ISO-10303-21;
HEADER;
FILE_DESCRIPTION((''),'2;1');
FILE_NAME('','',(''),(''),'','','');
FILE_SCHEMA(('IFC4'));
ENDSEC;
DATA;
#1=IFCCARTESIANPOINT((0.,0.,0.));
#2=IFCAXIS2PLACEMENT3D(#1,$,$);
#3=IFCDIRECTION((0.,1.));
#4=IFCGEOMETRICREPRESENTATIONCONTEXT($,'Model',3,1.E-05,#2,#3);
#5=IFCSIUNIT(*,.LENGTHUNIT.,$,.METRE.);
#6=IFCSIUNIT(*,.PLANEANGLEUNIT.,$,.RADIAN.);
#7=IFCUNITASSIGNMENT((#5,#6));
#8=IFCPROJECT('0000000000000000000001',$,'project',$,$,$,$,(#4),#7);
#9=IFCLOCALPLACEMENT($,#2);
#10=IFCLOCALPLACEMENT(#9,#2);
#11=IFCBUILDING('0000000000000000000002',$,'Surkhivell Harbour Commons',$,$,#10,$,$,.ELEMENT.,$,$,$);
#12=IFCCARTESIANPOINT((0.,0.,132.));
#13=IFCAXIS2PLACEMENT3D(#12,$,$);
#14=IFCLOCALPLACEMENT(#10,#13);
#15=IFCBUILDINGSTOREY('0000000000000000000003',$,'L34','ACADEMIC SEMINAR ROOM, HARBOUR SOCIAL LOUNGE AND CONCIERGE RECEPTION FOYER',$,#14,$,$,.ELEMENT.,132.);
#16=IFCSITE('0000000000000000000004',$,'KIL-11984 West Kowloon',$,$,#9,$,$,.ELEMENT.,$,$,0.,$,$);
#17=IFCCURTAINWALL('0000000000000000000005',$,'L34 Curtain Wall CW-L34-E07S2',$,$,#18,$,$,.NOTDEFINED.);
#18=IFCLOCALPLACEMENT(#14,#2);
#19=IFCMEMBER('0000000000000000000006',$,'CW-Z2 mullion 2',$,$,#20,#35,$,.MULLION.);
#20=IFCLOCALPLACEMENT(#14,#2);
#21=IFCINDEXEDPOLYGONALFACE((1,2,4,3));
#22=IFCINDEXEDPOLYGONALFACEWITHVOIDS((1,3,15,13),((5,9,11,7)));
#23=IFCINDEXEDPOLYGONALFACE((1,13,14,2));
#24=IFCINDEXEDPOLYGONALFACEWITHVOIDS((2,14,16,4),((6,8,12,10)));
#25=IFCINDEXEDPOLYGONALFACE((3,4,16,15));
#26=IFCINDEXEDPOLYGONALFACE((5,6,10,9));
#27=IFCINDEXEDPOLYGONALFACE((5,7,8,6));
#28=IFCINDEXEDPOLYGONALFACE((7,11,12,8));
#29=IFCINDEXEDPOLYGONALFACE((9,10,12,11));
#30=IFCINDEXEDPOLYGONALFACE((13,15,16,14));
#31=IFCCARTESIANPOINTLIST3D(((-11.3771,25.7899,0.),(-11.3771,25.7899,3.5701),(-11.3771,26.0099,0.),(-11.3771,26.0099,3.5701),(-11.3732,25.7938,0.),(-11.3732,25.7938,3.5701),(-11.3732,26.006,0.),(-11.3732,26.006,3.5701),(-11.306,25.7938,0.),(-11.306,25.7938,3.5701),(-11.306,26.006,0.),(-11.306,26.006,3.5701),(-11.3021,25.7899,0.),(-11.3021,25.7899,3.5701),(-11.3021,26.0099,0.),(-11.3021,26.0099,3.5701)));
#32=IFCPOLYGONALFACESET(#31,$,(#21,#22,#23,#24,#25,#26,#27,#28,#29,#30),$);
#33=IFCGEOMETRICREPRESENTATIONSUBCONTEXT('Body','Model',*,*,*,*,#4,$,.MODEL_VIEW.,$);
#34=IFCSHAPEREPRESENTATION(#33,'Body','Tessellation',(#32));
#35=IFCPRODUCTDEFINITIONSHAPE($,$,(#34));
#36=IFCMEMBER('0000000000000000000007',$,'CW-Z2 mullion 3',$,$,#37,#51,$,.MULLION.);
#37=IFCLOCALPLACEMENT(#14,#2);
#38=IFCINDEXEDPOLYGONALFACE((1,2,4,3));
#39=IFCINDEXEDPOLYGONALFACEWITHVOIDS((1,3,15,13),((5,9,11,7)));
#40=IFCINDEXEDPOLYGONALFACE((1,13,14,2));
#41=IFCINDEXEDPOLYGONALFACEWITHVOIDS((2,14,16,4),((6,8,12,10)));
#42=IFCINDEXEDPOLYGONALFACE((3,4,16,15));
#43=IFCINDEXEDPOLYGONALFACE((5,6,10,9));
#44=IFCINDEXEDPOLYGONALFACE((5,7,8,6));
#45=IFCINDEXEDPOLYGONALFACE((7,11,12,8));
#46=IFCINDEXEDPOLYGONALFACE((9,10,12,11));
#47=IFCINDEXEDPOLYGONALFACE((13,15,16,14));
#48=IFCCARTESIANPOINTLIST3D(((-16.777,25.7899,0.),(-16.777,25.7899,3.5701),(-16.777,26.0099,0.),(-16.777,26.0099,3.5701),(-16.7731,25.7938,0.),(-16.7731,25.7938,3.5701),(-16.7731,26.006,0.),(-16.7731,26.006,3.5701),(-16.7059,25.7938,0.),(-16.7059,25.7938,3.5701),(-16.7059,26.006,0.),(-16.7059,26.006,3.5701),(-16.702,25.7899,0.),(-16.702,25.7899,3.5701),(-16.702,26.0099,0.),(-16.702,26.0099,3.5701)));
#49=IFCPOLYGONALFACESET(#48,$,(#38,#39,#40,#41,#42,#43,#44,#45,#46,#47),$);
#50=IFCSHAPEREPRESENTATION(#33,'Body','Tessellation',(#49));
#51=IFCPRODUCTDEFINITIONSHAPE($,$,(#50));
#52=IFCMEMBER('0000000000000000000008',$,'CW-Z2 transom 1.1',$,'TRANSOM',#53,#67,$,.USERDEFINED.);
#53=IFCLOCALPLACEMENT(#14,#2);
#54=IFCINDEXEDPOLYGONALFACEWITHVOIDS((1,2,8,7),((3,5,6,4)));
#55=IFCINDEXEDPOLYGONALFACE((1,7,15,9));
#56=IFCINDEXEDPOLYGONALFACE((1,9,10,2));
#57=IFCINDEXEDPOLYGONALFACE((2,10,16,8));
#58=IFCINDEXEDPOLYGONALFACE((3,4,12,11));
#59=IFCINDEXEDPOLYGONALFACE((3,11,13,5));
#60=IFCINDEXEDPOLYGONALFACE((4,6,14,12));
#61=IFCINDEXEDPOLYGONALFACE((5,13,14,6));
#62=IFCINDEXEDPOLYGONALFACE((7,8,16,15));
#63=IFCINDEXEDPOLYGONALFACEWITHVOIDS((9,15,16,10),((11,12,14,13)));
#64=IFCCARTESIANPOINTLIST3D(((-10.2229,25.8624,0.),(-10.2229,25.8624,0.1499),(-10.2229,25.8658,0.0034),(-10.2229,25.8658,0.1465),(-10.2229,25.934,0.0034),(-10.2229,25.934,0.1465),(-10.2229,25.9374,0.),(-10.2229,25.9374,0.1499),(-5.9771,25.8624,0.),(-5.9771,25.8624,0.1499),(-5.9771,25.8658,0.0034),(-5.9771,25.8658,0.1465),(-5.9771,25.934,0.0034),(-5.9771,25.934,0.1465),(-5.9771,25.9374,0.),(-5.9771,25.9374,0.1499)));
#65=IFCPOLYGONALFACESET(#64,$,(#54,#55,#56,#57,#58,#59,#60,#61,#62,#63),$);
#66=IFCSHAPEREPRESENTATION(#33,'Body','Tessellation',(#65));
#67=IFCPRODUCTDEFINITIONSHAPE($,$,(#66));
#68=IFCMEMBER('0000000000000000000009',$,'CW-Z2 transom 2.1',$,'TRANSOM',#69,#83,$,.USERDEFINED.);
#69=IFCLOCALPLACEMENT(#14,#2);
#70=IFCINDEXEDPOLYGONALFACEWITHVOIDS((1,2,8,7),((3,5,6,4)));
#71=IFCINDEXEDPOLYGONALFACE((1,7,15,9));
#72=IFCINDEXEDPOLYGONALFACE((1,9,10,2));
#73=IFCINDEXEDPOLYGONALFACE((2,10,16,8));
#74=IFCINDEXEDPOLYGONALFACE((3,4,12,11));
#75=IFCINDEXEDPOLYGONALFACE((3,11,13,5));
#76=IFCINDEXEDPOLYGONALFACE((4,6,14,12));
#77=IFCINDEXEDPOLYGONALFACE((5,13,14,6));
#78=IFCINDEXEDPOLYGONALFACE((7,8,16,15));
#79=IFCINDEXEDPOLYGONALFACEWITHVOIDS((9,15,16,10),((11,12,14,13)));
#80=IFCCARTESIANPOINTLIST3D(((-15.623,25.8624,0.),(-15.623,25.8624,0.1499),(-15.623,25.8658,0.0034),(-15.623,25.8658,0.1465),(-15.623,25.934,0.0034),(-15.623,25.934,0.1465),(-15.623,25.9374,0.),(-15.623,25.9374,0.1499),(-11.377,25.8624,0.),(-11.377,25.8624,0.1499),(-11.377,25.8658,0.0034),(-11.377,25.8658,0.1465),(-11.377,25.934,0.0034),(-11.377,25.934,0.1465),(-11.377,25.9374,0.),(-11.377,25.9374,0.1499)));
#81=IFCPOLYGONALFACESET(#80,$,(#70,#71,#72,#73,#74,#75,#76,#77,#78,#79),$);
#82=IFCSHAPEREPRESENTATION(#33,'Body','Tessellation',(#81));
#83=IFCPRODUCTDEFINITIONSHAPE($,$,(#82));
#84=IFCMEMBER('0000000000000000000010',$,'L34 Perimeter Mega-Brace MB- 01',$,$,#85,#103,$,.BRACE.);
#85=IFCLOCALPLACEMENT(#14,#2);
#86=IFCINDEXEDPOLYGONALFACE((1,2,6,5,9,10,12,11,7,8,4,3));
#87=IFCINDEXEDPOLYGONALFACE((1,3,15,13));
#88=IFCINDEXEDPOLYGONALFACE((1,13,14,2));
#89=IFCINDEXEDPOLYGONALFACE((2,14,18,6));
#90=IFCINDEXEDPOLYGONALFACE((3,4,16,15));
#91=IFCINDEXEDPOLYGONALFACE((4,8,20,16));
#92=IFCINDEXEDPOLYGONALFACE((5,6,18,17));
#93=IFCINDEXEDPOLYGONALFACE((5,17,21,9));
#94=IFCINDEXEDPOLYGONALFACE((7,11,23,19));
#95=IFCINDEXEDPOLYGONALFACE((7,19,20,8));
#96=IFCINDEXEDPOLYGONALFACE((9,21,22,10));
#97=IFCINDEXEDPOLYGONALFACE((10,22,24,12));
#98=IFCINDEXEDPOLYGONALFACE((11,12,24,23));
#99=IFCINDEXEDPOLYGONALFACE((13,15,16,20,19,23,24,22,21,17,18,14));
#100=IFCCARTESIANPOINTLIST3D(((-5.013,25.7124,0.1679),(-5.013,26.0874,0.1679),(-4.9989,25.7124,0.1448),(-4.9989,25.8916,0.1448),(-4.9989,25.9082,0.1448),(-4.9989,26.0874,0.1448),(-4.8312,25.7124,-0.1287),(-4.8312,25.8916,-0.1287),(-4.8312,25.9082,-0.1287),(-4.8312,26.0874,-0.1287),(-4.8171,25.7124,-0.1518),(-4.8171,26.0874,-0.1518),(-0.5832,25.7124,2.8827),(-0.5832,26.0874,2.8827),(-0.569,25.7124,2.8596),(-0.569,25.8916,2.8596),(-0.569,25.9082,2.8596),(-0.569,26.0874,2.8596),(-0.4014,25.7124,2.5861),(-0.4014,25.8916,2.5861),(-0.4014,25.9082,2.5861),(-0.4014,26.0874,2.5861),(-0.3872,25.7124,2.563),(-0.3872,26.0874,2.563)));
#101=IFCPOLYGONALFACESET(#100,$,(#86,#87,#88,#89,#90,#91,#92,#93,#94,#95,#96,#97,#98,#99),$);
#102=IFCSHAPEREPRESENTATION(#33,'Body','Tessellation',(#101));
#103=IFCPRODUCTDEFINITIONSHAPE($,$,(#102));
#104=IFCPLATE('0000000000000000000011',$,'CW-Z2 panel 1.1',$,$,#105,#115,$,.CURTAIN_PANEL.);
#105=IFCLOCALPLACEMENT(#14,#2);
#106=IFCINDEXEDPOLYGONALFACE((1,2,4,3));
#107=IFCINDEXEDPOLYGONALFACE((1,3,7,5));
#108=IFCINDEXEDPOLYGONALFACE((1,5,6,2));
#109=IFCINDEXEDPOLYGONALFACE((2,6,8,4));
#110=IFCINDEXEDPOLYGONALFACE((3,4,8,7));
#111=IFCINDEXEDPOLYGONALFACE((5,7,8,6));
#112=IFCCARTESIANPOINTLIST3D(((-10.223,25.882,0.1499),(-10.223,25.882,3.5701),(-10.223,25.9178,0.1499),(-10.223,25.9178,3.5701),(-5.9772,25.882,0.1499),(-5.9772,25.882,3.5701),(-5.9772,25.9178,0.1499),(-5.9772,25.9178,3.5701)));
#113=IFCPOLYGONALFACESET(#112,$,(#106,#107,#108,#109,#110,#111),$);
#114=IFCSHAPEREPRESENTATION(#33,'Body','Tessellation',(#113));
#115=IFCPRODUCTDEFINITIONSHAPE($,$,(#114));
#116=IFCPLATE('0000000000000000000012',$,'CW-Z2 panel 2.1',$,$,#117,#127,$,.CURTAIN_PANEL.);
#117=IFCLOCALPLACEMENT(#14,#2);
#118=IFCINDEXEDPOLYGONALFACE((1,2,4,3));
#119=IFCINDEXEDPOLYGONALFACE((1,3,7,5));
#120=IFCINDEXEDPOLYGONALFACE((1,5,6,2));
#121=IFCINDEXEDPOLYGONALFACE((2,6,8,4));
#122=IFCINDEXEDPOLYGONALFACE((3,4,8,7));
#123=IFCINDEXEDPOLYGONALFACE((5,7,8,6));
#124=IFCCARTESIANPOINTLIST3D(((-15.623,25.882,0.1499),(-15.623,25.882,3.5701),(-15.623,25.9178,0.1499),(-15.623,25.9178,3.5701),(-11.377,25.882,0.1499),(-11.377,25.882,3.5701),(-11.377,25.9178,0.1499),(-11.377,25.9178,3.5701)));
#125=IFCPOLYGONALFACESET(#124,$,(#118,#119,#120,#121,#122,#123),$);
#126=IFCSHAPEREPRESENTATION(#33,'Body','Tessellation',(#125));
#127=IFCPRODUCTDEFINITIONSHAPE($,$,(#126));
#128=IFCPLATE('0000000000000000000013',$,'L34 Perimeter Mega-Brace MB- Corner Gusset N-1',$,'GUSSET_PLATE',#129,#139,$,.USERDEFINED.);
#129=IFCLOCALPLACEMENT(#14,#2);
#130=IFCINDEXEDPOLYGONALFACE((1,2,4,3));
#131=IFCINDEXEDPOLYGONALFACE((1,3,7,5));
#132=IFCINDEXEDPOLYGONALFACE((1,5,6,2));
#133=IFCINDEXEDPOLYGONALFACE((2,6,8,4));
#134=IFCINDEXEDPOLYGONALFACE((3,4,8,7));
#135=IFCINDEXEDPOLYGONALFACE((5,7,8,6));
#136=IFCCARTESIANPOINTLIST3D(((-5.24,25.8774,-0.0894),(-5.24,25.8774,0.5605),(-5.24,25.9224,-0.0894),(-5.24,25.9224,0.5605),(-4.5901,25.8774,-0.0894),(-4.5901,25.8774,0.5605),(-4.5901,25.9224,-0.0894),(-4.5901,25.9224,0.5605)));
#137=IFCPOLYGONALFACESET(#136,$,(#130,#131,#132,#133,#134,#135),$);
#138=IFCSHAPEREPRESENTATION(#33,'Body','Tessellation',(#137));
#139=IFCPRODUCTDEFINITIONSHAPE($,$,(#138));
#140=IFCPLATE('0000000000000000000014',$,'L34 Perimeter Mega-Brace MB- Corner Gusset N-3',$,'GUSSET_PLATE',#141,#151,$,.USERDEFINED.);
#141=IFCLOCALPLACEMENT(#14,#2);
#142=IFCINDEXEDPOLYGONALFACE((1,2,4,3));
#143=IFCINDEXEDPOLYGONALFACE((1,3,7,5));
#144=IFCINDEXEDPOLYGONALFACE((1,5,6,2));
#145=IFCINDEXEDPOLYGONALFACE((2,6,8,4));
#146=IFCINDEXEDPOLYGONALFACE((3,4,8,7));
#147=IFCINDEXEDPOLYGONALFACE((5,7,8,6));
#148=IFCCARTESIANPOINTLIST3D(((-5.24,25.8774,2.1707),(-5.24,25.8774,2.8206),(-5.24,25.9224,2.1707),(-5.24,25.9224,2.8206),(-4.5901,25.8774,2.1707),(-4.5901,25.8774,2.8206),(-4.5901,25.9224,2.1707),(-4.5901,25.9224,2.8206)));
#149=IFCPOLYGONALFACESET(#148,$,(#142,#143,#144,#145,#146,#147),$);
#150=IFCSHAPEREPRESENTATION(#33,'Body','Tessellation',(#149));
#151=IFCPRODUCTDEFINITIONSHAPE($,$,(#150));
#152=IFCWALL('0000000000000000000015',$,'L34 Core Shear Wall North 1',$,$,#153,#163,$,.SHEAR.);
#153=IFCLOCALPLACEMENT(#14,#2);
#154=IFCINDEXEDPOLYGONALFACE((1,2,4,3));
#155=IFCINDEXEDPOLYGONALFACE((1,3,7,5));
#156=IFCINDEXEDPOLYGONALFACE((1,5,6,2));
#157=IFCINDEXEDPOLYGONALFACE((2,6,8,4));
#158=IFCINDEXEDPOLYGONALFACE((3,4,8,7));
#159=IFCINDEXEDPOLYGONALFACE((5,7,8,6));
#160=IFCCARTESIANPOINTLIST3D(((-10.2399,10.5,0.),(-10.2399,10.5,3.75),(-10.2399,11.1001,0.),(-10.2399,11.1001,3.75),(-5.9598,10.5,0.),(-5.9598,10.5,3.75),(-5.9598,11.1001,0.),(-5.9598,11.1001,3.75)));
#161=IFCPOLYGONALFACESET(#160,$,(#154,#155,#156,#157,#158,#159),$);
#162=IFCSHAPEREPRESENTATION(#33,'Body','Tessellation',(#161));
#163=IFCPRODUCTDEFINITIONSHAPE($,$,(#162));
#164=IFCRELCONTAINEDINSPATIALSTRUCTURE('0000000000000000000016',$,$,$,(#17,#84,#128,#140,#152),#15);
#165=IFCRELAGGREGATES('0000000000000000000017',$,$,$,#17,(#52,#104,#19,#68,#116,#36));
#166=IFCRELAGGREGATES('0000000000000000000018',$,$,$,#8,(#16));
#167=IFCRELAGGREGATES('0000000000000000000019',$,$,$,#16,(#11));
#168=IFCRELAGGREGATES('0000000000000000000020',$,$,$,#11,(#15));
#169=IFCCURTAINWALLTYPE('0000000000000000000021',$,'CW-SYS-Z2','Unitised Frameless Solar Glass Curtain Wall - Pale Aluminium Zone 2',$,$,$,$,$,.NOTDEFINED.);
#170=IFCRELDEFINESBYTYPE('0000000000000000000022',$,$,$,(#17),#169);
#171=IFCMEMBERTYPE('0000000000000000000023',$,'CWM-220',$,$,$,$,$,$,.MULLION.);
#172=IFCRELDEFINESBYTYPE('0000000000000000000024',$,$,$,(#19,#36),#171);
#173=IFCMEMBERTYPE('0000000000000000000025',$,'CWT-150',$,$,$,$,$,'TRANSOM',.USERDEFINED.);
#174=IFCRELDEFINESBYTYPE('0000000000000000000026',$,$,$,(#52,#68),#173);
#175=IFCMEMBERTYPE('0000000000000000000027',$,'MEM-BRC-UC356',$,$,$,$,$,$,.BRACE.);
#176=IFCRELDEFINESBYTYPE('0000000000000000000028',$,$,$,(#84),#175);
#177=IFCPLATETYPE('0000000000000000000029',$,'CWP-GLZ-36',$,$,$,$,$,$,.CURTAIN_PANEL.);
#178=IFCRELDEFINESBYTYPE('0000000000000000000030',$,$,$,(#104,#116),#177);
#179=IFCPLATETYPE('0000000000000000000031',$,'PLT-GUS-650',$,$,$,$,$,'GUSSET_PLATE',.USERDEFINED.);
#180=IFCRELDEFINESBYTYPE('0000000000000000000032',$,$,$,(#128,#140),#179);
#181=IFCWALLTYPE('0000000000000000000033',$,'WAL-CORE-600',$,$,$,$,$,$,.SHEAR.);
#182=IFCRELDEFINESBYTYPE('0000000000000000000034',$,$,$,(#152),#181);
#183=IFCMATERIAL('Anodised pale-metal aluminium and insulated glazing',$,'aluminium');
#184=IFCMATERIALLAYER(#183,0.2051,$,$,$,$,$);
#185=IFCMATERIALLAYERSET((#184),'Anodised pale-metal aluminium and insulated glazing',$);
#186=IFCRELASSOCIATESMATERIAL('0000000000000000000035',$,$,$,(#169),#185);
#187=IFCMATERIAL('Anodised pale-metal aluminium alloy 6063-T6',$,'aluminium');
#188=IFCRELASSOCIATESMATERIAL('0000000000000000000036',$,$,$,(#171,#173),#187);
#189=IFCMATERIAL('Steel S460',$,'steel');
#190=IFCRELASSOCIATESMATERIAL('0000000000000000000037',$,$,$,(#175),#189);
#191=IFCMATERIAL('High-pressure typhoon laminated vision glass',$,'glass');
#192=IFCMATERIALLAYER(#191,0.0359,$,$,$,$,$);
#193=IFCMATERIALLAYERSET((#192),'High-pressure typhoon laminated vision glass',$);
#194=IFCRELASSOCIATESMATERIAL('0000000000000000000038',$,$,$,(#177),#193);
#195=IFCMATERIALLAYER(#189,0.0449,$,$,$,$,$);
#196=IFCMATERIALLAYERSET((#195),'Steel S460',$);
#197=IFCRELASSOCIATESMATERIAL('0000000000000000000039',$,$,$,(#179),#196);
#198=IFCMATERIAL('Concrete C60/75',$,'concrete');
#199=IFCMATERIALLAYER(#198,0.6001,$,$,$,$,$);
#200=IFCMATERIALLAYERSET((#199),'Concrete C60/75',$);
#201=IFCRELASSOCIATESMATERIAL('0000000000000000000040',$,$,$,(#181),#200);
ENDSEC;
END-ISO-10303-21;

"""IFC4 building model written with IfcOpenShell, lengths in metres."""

from ifc_helpers import new_model, si_unit, direction, frame, frame_2d, origin, origin_2d, place, context, subcontext, project, spatial, rectangle, hollow_rectangle, i_section, extrude, material, layer, layer_set, material_profile, profile_set, type_object, element, aggregate, save


model = new_model("IFC4")

# Units and contexts
model_context = context("Model", 3, precision=1e-05, world=origin(), true_north=direction((0.0, 1.0)))
body_context = subcontext(model_context, "Body", "Model", "MODEL_VIEW")
ifc_project = project(units=[si_unit("LENGTHUNIT", "METRE"), si_unit("PLANEANGLEUNIT", "RADIAN")], contexts=[model_context])

# Site, building, storey
site_placement = place(None, origin())
site = spatial("IfcSite", under=ifc_project, at=site_placement, Name="KIL-11984 West Kowloon", CompositionType="ELEMENT", RefElevation=0.0)
building_placement = place(site_placement, origin())
building = spatial("IfcBuilding", under=site, at=building_placement, Name="Surkhivell Harbour Commons", CompositionType="ELEMENT")
storey_placement = place(building_placement, frame((0.0, 0.0, 132.0)))
storey = spatial("IfcBuildingStorey", under=building, at=storey_placement, Name="L34", Description="ACADEMIC SEMINAR ROOM, HARBOUR SOCIAL LOUNGE AND CONCIERGE RECEPTION FOYER", CompositionType="ELEMENT", Elevation=132.0)

# Shared definitions
ifc_material_1 = material(Name="Concrete C60/75", Category="concrete")

# Shared definitions
ifc_material_2 = material(Name="Steel S460", Category="steel")

# Curtain wall, members
ifc_material_3 = material(Name="Anodised pale-metal aluminium and insulated glazing", Category="aluminium")
ifc_layer_1 = layer(ifc_material_3, 0.2051)
ifc_layer_set_1 = layer_set([ifc_layer_1], Name="Anodised pale-metal aluminium and insulated glazing")
curtain_wall_type = type_object("IfcCurtainWallType", Name="CW-SYS-Z2", Description="Unitised Frameless Solar Glass Curtain Wall - Pale Aluminium Zone 2", PredefinedType="NOTDEFINED", material=ifc_layer_set_1)
curtain_wall_placement = place(storey_placement, origin())
curtain_wall = element("IfcCurtainWall", 1, at=curtain_wall_placement, inside=storey, type_object=curtain_wall_type, Name="L34 Curtain Wall CW-L34-E07S2", PredefinedType="NOTDEFINED")
ifc_material_4 = material(Name="Anodised pale-metal aluminium alloy 6063-T6", Category="aluminium")
ifc_material_profile_1 = material_profile(ifc_material_4, hollow_rectangle(XDim=0.075, YDim=0.22, WallThickness=0.0039, at=origin_2d()), Name="ALU-MULL-75x220")
ifc_profile_set_1 = profile_set([ifc_material_profile_1], Name="Anodised pale-metal aluminium alloy 6063-T6")
member_type_1 = type_object("IfcMemberType", Name="CWM-220", PredefinedType="MULLION", material=ifc_profile_set_1)
member_1_placement = place(storey_placement, frame((-11.3396, 25.8999, 0.0), z_axis=(0.0, 0.0, 1.0), x_axis=(-1.0, 0.0, 0.0)))
member_1 = element("IfcMember", 2, at=member_1_placement, type_object=member_type_1, Name="CW-Z2 mullion 2", PredefinedType="MULLION", context=body_context, shape_type="SweptSolid", body=[
    extrude(hollow_rectangle(XDim=0.075, YDim=0.22, WallThickness=0.0039, at=origin_2d()), origin(), (0.0, 0.0, 1.0), 3.5701),
])
member_2_placement = place(storey_placement, frame((-16.7395, 25.8999, 0.0), z_axis=(0.0, 0.0, 1.0), x_axis=(-1.0, 0.0, 0.0)))
member_2 = element("IfcMember", 3, at=member_2_placement, type_object=member_type_1, Name="CW-Z2 mullion 3", PredefinedType="MULLION", context=body_context, shape_type="SweptSolid", body=[
    extrude(hollow_rectangle(XDim=0.075, YDim=0.22, WallThickness=0.0039, at=origin_2d()), origin(), (0.0, 0.0, 1.0), 3.5701),
])
ifc_material_profile_2 = material_profile(ifc_material_4, hollow_rectangle(XDim=0.075, YDim=0.1499, WallThickness=0.0034, at=origin_2d()), Name="ALU-TRAN-75x150")
ifc_profile_set_2 = profile_set([ifc_material_profile_2], Name="Anodised pale-metal aluminium alloy 6063-T6")
member_type_2 = type_object("IfcMemberType", Name="CWT-150", ElementType="TRANSOM", PredefinedType="USERDEFINED", material=ifc_profile_set_2)
member_3_placement = place(storey_placement, frame((-5.9771, 25.8999, 0.075), z_axis=(-1.0, 0.0, 0.0), x_axis=(0.0, -1.0, 0.0)))
member_3 = element("IfcMember", 4, at=member_3_placement, type_object=member_type_2, Name="CW-Z2 transom 1.1", ObjectType="TRANSOM", PredefinedType="USERDEFINED", context=body_context, shape_type="SweptSolid", body=[
    extrude(hollow_rectangle(XDim=0.075, YDim=0.1499, WallThickness=0.0034, at=origin_2d()), origin(), (0.0, 0.0, 1.0), 4.2458),
])
member_4_placement = place(storey_placement, frame((-11.377, 25.8999, 0.075), z_axis=(-1.0, 0.0, 0.0), x_axis=(0.0, -1.0, 0.0)))
member_4 = element("IfcMember", 5, at=member_4_placement, type_object=member_type_2, Name="CW-Z2 transom 2.1", ObjectType="TRANSOM", PredefinedType="USERDEFINED", context=body_context, shape_type="SweptSolid", body=[
    extrude(hollow_rectangle(XDim=0.075, YDim=0.1499, WallThickness=0.0034, at=origin_2d()), origin(), (0.0, 0.0, 1.0), 4.2461),
])

# Member
ifc_material_profile_3 = material_profile(ifc_material_2, i_section(OverallWidth=0.375, OverallDepth=0.375, WebThickness=0.0166, FlangeThickness=0.0271, at=origin_2d()), Name="UC356x368x202")
ifc_profile_set_3 = profile_set([ifc_material_profile_3], Name="Steel S460")
member_type_3 = type_object("IfcMemberType", Name="MEM-BRC-UC356", PredefinedType="BRACE", material=ifc_profile_set_3)
member_5_placement = place(storey_placement, frame((-4.915, 25.8999, 0.0081), z_axis=(0.852625, 0.0, 0.522523), x_axis=(0.0, 1.0, 0.0)))
element("IfcMember", 6, at=member_5_placement, inside=storey, type_object=member_type_3, Name="L34 Perimeter Mega-Brace MB- 01", PredefinedType="BRACE", context=body_context, shape_type="SweptSolid", body=[
    extrude(i_section(OverallWidth=0.375, OverallDepth=0.375, WebThickness=0.0166, FlangeThickness=0.0271, at=origin_2d()), origin(), (0.0, 0.0, 1.0), 5.1956),
])

# Plates
ifc_material_5 = material(Name="High-pressure typhoon laminated vision glass", Category="glass")
ifc_layer_2 = layer(ifc_material_5, 0.0359)
ifc_layer_set_2 = layer_set([ifc_layer_2], Name="High-pressure typhoon laminated vision glass")
plate_type_1 = type_object("IfcPlateType", Name="CWP-GLZ-36", PredefinedType="CURTAIN_PANEL", material=ifc_layer_set_2)
plate_1_placement = place(storey_placement, frame((-5.9771, 25.8999, 0.1499), z_axis=(0.0, 0.0, 1.0), x_axis=(-1.0, 0.0, 0.0)))
plate_1 = element("IfcPlate", 7, at=plate_1_placement, type_object=plate_type_1, Name="CW-Z2 panel 1.1", PredefinedType="CURTAIN_PANEL", context=body_context, shape_type="SweptSolid", body=[
    extrude(rectangle(XDim=4.2458, YDim=0.0359, at=frame_2d((2.123, 0.0))), origin(), (0.0, 0.0, 1.0), 3.4202),
])
plate_2_placement = place(storey_placement, frame((-11.377, 25.8999, 0.1499), z_axis=(0.0, 0.0, 1.0), x_axis=(-1.0, 0.0, 0.0)))
plate_2 = element("IfcPlate", 8, at=plate_2_placement, type_object=plate_type_1, Name="CW-Z2 panel 2.1", PredefinedType="CURTAIN_PANEL", context=body_context, shape_type="SweptSolid", body=[
    extrude(rectangle(XDim=4.2461, YDim=0.0359, at=frame_2d((2.123, 0.0))), origin(), (0.0, 0.0, 1.0), 3.4202),
])
aggregate(curtain_wall, [member_3, plate_1, member_1, member_4, plate_2, member_2])

# Plates
ifc_layer_3 = layer(ifc_material_2, 0.0449)
ifc_layer_set_3 = layer_set([ifc_layer_3], Name="Steel S460")
plate_type_2 = type_object("IfcPlateType", Name="PLT-GUS-650", ElementType="GUSSET_PLATE", PredefinedType="USERDEFINED", material=ifc_layer_set_3)
for number, where, z_axis, x_axis, name in (
    (9, (-4.915, 25.8999, -0.0894), (0.0, 0.0, 1.0), (1.0, 0.0, 0.0), "L34 Perimeter Mega-Brace MB- Corner Gusset N-1"),
    (10, (-4.915, 25.8999, 2.1707), (0.0, 0.0, 1.0), (1.0, 0.0, 0.0), "L34 Perimeter Mega-Brace MB- Corner Gusset N-3"),
):
    element("IfcPlate", number, at=place(storey_placement, frame(where, z_axis=z_axis, x_axis=x_axis)), inside=storey, type_object=plate_type_2, Name=name, ObjectType="GUSSET_PLATE", PredefinedType="USERDEFINED", context=body_context, shape_type="SweptSolid", body=[
        extrude(rectangle(XDim=0.6499, YDim=0.0449, at=origin_2d()), origin(), (0.0, 0.0, 1.0), 0.6499),
    ])

# Wall
ifc_layer_4 = layer(ifc_material_1, 0.6001)
ifc_layer_set_4 = layer_set([ifc_layer_4], Name="Concrete C60/75")
wall_type_1 = type_object("IfcWallType", Name="WAL-CORE-600", PredefinedType="SHEAR", material=ifc_layer_set_4)
wall_1_placement = place(storey_placement, frame((-10.24, 10.8, 0.0), z_axis=(0.0, 0.0, 1.0), x_axis=(1.0, 0.0, 0.0)))
element("IfcWall", 11, at=wall_1_placement, inside=storey, type_object=wall_type_1, Name="L34 Core Shear Wall North 1", PredefinedType="SHEAR", context=body_context, shape_type="SweptSolid", body=[
    extrude(rectangle(XDim=4.28, YDim=0.6001, at=frame_2d((2.1401, 0.0))), origin(), (0.0, 0.0, 1.0), 3.75),
])

save(model, "model.ifc")
